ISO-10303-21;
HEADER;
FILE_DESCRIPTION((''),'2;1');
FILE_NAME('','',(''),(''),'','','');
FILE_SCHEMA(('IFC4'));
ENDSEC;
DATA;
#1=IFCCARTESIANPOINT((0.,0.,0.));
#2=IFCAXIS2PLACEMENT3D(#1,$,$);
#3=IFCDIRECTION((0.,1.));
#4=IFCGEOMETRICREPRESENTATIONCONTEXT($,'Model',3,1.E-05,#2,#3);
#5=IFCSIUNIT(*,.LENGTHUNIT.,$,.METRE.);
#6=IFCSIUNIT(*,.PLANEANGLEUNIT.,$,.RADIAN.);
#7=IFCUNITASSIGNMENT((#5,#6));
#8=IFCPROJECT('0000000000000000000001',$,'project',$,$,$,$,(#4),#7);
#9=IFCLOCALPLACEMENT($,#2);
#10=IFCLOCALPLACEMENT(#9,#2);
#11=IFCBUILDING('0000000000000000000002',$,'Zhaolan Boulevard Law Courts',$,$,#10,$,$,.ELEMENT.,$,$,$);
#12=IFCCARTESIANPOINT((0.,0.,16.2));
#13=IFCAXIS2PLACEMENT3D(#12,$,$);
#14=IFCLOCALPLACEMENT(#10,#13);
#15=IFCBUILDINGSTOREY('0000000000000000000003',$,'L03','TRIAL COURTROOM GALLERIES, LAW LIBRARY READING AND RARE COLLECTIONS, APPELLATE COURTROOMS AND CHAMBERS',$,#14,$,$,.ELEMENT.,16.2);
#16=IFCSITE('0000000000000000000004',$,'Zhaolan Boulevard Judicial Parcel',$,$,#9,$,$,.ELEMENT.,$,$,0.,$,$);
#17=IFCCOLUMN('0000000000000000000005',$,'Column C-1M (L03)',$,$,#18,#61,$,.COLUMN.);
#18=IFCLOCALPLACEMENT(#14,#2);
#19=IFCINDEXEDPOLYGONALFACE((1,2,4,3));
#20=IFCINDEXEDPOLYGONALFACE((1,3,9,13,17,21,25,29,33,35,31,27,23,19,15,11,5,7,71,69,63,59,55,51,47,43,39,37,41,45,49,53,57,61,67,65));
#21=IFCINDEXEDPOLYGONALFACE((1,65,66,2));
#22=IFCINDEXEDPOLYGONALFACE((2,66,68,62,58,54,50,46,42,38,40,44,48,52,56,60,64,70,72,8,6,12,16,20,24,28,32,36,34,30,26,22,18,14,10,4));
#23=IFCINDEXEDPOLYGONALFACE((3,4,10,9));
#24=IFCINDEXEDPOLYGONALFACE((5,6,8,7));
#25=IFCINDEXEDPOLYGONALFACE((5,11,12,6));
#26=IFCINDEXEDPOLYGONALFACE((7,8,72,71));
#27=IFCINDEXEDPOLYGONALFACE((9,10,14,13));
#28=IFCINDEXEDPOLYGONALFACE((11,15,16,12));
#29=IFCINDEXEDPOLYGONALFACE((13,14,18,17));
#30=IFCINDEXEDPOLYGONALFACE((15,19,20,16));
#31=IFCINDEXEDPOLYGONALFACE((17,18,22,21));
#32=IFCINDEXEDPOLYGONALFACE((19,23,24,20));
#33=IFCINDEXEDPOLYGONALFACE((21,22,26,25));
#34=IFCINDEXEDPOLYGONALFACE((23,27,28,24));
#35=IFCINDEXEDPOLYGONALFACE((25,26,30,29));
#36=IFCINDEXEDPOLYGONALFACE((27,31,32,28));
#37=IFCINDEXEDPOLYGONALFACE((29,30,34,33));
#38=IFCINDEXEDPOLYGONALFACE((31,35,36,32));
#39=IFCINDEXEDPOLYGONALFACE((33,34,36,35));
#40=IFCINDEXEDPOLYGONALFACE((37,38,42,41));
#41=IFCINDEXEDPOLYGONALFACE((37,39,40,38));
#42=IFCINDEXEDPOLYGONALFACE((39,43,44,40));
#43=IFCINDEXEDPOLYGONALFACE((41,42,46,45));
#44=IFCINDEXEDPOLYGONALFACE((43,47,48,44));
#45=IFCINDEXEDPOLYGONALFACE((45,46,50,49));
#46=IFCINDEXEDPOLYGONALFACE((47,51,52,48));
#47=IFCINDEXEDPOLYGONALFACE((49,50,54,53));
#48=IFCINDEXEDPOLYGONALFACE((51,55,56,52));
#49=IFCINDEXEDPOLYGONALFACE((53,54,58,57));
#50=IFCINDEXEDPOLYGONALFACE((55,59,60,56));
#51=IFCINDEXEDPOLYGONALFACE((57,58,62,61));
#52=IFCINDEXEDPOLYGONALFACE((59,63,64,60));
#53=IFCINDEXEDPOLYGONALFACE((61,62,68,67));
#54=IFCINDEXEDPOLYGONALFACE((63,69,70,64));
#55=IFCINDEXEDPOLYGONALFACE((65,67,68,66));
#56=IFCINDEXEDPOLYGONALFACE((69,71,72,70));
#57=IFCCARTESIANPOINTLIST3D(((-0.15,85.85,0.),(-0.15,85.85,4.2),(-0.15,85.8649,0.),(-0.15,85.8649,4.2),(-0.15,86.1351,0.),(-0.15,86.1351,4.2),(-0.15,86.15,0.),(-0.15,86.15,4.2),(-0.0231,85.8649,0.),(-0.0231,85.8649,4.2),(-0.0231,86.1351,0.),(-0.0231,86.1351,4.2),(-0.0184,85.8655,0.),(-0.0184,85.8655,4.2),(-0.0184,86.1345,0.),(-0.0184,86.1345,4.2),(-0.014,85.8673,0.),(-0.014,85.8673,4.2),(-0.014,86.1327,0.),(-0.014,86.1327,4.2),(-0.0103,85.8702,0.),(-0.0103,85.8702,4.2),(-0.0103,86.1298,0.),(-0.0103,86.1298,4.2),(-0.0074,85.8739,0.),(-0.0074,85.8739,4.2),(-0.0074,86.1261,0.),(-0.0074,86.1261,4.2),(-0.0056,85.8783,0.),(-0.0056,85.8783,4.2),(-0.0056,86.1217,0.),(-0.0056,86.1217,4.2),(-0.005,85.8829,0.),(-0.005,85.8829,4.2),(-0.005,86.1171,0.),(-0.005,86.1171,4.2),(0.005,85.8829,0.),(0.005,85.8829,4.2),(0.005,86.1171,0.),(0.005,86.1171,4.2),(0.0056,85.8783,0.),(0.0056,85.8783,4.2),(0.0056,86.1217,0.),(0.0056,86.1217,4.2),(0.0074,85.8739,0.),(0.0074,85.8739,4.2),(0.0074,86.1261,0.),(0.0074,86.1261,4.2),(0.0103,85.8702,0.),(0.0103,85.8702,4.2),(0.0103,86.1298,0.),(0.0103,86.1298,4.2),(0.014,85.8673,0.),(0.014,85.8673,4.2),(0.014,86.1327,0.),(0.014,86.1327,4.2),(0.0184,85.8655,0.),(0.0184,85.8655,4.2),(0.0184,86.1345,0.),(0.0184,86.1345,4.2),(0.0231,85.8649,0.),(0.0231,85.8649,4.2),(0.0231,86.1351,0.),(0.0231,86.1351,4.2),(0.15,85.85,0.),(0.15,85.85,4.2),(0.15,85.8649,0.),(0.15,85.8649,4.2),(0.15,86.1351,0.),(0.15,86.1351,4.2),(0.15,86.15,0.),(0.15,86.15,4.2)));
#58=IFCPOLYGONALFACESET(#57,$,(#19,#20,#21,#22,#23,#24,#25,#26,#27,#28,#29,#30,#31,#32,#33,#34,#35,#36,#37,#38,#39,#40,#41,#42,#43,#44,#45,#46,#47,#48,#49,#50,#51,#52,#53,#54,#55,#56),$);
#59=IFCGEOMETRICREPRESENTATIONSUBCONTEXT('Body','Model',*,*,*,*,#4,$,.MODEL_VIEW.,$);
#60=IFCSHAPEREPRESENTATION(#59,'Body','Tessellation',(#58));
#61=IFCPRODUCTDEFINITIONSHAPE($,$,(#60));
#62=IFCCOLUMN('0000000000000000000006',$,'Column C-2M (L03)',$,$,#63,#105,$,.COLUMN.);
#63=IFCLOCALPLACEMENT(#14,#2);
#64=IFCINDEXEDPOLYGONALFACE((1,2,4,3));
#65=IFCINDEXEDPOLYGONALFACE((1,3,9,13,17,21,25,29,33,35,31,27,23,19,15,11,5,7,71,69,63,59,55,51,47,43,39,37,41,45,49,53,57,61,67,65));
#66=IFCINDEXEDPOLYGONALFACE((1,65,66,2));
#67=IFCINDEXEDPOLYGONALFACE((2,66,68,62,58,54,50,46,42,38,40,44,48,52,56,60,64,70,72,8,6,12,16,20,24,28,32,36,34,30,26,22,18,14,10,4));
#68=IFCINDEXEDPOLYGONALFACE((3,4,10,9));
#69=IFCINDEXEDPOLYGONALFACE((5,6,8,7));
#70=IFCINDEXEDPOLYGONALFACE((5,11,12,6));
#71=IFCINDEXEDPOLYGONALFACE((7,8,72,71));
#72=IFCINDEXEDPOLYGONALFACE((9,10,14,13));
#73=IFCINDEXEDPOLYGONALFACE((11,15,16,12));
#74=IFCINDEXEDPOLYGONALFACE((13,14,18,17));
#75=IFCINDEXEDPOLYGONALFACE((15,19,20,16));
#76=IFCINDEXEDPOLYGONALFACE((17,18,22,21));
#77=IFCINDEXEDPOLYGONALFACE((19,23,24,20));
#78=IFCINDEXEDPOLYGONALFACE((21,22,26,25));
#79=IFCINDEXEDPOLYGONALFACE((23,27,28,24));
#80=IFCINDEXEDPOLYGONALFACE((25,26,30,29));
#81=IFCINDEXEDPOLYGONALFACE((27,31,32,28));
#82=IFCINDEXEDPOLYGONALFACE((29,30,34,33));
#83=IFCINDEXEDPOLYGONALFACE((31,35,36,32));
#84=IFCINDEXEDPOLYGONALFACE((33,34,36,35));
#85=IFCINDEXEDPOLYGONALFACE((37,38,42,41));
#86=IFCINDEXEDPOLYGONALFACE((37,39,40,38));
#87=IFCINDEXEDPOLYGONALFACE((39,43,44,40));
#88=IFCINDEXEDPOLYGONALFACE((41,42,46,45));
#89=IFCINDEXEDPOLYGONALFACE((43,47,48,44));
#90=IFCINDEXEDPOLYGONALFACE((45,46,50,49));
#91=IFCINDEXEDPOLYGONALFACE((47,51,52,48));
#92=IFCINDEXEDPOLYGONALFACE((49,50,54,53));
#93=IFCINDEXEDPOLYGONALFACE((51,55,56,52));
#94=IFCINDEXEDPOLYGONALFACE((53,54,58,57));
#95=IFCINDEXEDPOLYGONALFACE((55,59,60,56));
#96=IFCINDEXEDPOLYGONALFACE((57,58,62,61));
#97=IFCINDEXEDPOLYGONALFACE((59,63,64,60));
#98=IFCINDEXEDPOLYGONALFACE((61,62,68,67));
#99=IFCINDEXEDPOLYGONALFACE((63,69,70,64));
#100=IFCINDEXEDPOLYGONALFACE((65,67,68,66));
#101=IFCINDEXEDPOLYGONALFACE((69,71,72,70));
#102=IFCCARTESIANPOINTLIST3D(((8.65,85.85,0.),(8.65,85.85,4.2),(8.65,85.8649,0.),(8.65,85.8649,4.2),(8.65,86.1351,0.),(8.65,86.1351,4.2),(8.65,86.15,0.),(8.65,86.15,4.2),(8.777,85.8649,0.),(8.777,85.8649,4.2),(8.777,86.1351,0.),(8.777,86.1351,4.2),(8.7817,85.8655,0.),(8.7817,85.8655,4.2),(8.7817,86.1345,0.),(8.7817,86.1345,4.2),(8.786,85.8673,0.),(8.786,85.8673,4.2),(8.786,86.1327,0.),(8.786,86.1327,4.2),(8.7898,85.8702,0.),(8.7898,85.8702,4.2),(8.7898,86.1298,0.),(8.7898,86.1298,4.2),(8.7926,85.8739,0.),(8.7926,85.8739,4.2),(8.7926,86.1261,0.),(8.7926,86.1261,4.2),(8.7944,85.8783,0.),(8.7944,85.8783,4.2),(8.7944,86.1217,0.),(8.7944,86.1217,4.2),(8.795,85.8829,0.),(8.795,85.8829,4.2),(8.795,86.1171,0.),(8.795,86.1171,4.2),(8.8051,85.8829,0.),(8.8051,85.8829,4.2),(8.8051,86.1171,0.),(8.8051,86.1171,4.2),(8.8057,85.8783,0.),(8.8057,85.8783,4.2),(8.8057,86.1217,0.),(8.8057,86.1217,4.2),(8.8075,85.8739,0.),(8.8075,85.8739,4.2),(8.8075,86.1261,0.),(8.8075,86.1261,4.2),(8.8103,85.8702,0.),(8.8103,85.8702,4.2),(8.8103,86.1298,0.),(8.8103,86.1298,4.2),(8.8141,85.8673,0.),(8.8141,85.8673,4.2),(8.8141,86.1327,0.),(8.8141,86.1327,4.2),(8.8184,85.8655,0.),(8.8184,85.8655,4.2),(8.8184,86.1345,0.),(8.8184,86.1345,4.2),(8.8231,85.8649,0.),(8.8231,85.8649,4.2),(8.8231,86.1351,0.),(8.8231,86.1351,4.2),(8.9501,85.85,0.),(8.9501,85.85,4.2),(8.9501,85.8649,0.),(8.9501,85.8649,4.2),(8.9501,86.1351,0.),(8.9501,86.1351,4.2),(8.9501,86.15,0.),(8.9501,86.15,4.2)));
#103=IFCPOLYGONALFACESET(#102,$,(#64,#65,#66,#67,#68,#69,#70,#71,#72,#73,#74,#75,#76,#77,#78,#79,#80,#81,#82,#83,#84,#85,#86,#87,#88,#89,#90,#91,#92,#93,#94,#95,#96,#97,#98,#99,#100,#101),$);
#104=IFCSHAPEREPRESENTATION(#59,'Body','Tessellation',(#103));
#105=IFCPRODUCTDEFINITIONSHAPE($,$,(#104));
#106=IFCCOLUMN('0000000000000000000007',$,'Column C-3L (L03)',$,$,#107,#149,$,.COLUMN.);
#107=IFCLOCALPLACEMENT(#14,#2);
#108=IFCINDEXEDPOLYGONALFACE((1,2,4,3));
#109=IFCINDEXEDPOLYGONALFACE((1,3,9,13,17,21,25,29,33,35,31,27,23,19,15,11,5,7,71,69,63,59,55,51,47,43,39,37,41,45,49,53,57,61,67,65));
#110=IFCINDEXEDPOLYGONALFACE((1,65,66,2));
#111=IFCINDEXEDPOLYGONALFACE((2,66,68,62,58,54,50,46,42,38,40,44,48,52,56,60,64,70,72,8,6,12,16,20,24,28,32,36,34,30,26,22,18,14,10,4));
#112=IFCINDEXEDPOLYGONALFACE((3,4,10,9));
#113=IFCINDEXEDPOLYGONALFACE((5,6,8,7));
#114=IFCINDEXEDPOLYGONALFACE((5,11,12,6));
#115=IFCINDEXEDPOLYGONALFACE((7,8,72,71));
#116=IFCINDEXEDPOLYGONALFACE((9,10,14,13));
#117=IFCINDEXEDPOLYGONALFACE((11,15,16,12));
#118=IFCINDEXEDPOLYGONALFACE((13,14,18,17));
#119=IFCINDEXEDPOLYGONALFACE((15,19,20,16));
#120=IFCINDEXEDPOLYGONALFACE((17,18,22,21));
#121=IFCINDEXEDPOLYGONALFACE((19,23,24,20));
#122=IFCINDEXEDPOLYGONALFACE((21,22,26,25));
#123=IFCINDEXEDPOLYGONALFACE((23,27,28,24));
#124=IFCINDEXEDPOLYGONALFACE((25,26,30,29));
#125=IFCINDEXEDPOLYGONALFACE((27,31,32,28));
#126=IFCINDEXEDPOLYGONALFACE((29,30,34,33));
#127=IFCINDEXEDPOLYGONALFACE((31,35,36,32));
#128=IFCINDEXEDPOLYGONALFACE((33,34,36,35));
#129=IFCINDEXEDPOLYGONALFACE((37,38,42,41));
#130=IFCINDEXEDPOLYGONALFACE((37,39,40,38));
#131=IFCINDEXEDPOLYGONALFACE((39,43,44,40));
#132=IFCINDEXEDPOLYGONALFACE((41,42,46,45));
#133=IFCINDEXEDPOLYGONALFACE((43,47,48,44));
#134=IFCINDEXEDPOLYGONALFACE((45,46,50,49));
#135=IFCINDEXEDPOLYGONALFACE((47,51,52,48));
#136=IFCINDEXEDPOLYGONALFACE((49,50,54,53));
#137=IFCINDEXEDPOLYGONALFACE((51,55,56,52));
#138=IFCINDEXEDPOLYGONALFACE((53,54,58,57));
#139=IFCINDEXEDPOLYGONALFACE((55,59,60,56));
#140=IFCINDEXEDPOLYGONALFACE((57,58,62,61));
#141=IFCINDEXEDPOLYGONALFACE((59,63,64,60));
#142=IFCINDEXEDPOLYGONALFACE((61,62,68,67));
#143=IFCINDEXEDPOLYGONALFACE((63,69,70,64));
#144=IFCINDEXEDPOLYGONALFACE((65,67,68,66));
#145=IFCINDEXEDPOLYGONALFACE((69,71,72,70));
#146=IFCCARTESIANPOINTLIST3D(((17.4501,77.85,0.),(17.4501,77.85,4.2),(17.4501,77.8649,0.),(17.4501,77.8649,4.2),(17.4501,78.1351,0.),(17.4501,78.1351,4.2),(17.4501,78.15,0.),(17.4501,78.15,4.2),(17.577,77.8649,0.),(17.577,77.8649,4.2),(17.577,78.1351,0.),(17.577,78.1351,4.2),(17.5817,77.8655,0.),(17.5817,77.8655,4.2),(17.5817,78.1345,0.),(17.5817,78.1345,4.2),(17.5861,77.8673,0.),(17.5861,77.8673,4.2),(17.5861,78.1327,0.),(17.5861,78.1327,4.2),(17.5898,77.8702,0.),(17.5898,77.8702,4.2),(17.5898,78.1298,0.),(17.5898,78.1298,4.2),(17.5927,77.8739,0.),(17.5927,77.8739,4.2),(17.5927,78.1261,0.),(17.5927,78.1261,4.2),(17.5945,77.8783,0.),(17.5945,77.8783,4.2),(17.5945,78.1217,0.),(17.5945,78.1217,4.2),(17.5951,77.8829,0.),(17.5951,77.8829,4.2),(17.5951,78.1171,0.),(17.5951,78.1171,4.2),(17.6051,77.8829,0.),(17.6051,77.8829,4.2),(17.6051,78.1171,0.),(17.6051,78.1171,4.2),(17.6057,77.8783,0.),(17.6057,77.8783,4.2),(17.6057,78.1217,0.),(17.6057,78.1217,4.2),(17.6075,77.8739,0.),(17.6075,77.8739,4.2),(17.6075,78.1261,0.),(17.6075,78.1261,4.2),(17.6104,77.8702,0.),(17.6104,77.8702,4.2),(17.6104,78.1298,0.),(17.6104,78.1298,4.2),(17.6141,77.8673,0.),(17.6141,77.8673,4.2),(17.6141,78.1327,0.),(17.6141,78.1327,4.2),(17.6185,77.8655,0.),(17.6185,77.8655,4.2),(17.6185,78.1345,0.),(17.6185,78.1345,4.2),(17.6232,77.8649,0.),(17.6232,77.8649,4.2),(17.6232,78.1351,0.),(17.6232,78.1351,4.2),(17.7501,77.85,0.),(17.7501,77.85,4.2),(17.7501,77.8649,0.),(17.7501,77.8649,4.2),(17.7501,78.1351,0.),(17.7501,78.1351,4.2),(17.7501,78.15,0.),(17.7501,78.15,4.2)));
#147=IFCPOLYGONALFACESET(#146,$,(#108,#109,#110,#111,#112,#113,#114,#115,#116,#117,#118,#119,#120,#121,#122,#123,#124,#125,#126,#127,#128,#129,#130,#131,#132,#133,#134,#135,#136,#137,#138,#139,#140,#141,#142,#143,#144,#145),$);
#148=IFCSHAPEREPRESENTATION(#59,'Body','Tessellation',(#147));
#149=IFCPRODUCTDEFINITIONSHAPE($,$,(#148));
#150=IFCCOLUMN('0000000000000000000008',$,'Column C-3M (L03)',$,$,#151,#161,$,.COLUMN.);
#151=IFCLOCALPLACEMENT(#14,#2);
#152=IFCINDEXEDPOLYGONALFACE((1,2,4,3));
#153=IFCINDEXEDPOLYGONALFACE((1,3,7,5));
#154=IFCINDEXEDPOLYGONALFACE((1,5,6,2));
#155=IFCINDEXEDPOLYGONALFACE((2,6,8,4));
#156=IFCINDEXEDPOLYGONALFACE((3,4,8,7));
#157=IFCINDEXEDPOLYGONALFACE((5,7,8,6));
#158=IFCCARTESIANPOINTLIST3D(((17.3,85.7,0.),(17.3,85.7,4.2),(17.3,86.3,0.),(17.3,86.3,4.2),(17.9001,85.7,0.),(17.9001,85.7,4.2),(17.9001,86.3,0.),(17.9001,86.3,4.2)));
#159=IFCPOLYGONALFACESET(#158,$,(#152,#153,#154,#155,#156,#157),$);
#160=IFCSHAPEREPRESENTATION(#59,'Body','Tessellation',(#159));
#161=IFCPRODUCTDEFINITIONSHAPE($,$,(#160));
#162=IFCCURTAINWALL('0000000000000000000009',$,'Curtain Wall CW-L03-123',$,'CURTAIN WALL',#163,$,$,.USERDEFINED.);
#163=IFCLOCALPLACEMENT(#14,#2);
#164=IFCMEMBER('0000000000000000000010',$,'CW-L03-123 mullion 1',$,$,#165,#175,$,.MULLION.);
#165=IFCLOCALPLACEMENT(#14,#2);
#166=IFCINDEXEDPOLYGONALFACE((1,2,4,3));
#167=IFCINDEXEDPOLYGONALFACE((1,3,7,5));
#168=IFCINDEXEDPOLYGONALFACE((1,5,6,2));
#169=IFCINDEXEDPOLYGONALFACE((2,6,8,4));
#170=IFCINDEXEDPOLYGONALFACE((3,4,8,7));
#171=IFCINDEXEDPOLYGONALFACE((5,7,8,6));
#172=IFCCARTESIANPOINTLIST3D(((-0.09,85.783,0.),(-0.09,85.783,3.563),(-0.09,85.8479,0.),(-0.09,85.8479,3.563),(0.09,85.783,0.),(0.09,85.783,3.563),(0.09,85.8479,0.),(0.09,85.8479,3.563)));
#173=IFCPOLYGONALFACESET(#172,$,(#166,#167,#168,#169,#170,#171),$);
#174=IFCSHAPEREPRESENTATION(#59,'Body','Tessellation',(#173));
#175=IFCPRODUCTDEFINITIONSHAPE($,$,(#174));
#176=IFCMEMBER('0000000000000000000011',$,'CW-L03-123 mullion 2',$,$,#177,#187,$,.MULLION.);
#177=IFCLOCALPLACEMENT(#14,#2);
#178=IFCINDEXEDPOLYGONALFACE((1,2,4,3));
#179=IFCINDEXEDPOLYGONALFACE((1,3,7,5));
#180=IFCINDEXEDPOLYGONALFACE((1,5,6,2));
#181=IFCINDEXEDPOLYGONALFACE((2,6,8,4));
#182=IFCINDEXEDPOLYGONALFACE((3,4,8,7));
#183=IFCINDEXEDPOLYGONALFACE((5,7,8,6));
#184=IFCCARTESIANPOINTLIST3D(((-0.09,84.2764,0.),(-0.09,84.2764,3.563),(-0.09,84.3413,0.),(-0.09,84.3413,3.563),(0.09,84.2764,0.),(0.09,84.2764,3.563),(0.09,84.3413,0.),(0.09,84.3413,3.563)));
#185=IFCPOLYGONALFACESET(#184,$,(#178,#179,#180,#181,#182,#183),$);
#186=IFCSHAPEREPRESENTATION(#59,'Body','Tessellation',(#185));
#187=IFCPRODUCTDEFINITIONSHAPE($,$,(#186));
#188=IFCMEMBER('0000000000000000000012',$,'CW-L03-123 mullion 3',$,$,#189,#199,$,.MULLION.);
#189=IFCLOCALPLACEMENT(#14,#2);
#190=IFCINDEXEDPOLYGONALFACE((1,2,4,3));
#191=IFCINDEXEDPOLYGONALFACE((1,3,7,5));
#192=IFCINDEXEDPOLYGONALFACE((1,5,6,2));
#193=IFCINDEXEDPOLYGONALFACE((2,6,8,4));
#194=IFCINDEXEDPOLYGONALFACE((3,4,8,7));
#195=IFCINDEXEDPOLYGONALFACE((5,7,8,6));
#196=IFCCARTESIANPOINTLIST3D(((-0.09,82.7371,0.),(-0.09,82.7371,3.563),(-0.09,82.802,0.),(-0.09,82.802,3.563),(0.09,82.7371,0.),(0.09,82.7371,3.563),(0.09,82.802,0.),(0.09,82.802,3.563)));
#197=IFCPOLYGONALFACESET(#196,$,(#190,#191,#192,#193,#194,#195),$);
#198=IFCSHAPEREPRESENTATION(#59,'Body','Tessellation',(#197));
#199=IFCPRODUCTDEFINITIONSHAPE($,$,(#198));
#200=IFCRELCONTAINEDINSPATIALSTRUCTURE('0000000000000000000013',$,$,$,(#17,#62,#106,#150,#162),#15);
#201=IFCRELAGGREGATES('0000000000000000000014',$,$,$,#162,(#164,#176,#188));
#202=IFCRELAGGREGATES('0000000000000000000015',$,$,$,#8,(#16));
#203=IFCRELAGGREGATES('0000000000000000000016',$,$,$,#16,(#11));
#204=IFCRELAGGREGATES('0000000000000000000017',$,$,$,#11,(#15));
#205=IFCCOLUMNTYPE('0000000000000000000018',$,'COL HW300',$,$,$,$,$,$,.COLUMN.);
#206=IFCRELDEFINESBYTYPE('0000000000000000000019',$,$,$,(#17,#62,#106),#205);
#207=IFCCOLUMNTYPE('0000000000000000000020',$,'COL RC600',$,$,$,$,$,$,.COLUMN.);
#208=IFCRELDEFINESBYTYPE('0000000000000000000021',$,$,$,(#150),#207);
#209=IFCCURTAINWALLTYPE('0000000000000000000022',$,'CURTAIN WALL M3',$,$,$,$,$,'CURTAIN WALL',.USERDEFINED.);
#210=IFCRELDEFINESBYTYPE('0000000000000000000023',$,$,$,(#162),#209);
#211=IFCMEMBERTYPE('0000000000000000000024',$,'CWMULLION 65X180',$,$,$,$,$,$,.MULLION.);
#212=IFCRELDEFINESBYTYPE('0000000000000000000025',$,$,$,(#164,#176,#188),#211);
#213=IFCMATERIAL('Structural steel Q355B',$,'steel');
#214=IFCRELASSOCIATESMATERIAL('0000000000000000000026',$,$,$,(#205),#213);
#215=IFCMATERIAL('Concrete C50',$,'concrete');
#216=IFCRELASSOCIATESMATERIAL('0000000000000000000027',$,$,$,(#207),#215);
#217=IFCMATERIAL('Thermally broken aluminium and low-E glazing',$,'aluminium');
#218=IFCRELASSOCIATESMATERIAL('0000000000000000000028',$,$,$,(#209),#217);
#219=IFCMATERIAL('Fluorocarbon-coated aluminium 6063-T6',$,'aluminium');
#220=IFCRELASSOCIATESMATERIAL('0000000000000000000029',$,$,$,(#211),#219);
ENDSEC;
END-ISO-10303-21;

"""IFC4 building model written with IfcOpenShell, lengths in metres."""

from ifc_helpers import new_model, si_unit, direction, frame, origin, origin_2d, place, context, subcontext, project, spatial, rectangle, i_section, extrude, material, material_profile, profile_set, type_object, element, aggregate, save


model = new_model("IFC4")

# Units and contexts
model_context = context("Model", 3, precision=1e-05, world=origin(), true_north=direction((0.0, 1.0)))
body_context = subcontext(model_context, "Body", "Model", "MODEL_VIEW")
ifc_project = project(units=[si_unit("LENGTHUNIT", "METRE"), si_unit("PLANEANGLEUNIT", "RADIAN")], contexts=[model_context])

# Site, building, storey
site_placement = place(None, origin())
site = spatial("IfcSite", under=ifc_project, at=site_placement, Name="Zhaolan Boulevard Judicial Parcel", CompositionType="ELEMENT", RefElevation=0.0)
building_placement = place(site_placement, origin())
building = spatial("IfcBuilding", under=site, at=building_placement, Name="Zhaolan Boulevard Law Courts", CompositionType="ELEMENT")
storey_placement = place(building_placement, frame((0.0, 0.0, 16.2)))
storey = spatial("IfcBuildingStorey", under=building, at=storey_placement, Name="L03", Description="TRIAL COURTROOM GALLERIES, LAW LIBRARY READING AND RARE COLLECTIONS, APPELLATE COURTROOMS AND CHAMBERS", CompositionType="ELEMENT", Elevation=16.2)

# Columns
ifc_material_1 = material(Name="Structural steel Q355B", Category="steel")
ifc_material_profile_1 = material_profile(ifc_material_1, i_section(OverallWidth=0.3, OverallDepth=0.3, WebThickness=0.01, FlangeThickness=0.0149, FilletRadius=0.0181, at=origin_2d()), Name="HW300x300")
ifc_profile_set_1 = profile_set([ifc_material_profile_1], Name="Structural steel Q355B")
column_type_1 = type_object("IfcColumnType", Name="COL HW300", PredefinedType="COLUMN", material=ifc_profile_set_1)
for number, where, z_axis, x_axis, name in (
    (1, (0.0, 86.0, 0.0), (0.0, 0.0, 1.0), (1.0, 0.0, 0.0), "Column C-1M (L03)"),
    (2, (8.8, 86.0, 0.0), (0.0, 0.0, 1.0), (1.0, 0.0, 0.0), "Column C-2M (L03)"),
    (3, (17.6001, 78.0, 0.0), (0.0, 0.0, 1.0), (1.0, 0.0, 0.0), "Column C-3L (L03)"),
):
    element("IfcColumn", number, at=place(storey_placement, frame(where, z_axis=z_axis, x_axis=x_axis)), inside=storey, type_object=column_type_1, Name=name, PredefinedType="COLUMN", context=body_context, shape_type="SweptSolid", body=[
        extrude(i_section(OverallWidth=0.3, OverallDepth=0.3, WebThickness=0.01, FlangeThickness=0.0149, FilletRadius=0.0181, at=origin_2d()), origin(), (0.0, 0.0, 1.0), 4.2),
    ])
ifc_material_2 = material(Name="Concrete C50", Category="concrete")
ifc_material_profile_2 = material_profile(ifc_material_2, rectangle(XDim=0.6001, YDim=0.6001, at=origin_2d()), Name="RC600x600")
ifc_profile_set_2 = profile_set([ifc_material_profile_2], Name="Concrete C50")
column_type_2 = type_object("IfcColumnType", Name="COL RC600", PredefinedType="COLUMN", material=ifc_profile_set_2)
column_placement = place(storey_placement, frame((17.6001, 86.0, 0.0), z_axis=(0.0, 0.0, 1.0), x_axis=(1.0, 0.0, 0.0)))
element("IfcColumn", 4, at=column_placement, inside=storey, type_object=column_type_2, Name="Column C-3M (L03)", PredefinedType="COLUMN", context=body_context, shape_type="SweptSolid", body=[
    extrude(rectangle(XDim=0.6001, YDim=0.6001, at=origin_2d()), origin(), (0.0, 0.0, 1.0), 4.2),
])

# Curtain wall, members
ifc_material_3 = material(Name="Thermally broken aluminium and low-E glazing", Category="aluminium")
curtain_wall_type = type_object("IfcCurtainWallType", Name="CURTAIN WALL M3", ElementType="CURTAIN WALL", PredefinedType="USERDEFINED", material=ifc_material_3)
curtain_wall_placement = place(storey_placement, origin())
curtain_wall = element("IfcCurtainWall", 5, at=curtain_wall_placement, inside=storey, type_object=curtain_wall_type, Name="Curtain Wall CW-L03-123", ObjectType="CURTAIN WALL", PredefinedType="USERDEFINED")
ifc_material_4 = material(Name="Fluorocarbon-coated aluminium 6063-T6", Category="aluminium")
ifc_material_profile_3 = material_profile(ifc_material_4, rectangle(XDim=0.1799, YDim=0.0649, at=origin_2d()), Name="AL65x180")
ifc_profile_set_3 = profile_set([ifc_material_profile_3], Name="Fluorocarbon-coated aluminium 6063-T6")
member_type_1 = type_object("IfcMemberType", Name="CWMULLION 65X180", PredefinedType="MULLION", material=ifc_profile_set_3)
member_1_placement = place(storey_placement, frame((0.0, 85.8154, 0.0), z_axis=(0.0, 0.0, 1.0), x_axis=(1.0, 0.0, 0.0)))
member_1 = element("IfcMember", 6, at=member_1_placement, type_object=member_type_1, Name="CW-L03-123 mullion 1", PredefinedType="MULLION", context=body_context, shape_type="SweptSolid", body=[
    extrude(rectangle(XDim=0.1799, YDim=0.0649, at=origin_2d()), origin(), (0.0, 0.0, 1.0), 3.563),
])
member_2_placement = place(storey_placement, frame((0.0, 84.3088, 0.0), z_axis=(0.0, 0.0, 1.0), x_axis=(1.0, 0.0, 0.0)))
member_2 = element("IfcMember", 7, at=member_2_placement, type_object=member_type_1, Name="CW-L03-123 mullion 2", PredefinedType="MULLION", context=body_context, shape_type="SweptSolid", body=[
    extrude(rectangle(XDim=0.1799, YDim=0.0649, at=origin_2d()), origin(), (0.0, 0.0, 1.0), 3.563),
])
member_3_placement = place(storey_placement, frame((0.0, 82.7695, 0.0), z_axis=(0.0, 0.0, 1.0), x_axis=(1.0, 0.0, 0.0)))
member_3 = element("IfcMember", 8, at=member_3_placement, type_object=member_type_1, Name="CW-L03-123 mullion 3", PredefinedType="MULLION", context=body_context, shape_type="SweptSolid", body=[
    extrude(rectangle(XDim=0.1799, YDim=0.0649, at=origin_2d()), origin(), (0.0, 0.0, 1.0), 3.563),
])

aggregate(curtain_wall, [member_1, member_2, member_3])

save(model, "model.ifc")
